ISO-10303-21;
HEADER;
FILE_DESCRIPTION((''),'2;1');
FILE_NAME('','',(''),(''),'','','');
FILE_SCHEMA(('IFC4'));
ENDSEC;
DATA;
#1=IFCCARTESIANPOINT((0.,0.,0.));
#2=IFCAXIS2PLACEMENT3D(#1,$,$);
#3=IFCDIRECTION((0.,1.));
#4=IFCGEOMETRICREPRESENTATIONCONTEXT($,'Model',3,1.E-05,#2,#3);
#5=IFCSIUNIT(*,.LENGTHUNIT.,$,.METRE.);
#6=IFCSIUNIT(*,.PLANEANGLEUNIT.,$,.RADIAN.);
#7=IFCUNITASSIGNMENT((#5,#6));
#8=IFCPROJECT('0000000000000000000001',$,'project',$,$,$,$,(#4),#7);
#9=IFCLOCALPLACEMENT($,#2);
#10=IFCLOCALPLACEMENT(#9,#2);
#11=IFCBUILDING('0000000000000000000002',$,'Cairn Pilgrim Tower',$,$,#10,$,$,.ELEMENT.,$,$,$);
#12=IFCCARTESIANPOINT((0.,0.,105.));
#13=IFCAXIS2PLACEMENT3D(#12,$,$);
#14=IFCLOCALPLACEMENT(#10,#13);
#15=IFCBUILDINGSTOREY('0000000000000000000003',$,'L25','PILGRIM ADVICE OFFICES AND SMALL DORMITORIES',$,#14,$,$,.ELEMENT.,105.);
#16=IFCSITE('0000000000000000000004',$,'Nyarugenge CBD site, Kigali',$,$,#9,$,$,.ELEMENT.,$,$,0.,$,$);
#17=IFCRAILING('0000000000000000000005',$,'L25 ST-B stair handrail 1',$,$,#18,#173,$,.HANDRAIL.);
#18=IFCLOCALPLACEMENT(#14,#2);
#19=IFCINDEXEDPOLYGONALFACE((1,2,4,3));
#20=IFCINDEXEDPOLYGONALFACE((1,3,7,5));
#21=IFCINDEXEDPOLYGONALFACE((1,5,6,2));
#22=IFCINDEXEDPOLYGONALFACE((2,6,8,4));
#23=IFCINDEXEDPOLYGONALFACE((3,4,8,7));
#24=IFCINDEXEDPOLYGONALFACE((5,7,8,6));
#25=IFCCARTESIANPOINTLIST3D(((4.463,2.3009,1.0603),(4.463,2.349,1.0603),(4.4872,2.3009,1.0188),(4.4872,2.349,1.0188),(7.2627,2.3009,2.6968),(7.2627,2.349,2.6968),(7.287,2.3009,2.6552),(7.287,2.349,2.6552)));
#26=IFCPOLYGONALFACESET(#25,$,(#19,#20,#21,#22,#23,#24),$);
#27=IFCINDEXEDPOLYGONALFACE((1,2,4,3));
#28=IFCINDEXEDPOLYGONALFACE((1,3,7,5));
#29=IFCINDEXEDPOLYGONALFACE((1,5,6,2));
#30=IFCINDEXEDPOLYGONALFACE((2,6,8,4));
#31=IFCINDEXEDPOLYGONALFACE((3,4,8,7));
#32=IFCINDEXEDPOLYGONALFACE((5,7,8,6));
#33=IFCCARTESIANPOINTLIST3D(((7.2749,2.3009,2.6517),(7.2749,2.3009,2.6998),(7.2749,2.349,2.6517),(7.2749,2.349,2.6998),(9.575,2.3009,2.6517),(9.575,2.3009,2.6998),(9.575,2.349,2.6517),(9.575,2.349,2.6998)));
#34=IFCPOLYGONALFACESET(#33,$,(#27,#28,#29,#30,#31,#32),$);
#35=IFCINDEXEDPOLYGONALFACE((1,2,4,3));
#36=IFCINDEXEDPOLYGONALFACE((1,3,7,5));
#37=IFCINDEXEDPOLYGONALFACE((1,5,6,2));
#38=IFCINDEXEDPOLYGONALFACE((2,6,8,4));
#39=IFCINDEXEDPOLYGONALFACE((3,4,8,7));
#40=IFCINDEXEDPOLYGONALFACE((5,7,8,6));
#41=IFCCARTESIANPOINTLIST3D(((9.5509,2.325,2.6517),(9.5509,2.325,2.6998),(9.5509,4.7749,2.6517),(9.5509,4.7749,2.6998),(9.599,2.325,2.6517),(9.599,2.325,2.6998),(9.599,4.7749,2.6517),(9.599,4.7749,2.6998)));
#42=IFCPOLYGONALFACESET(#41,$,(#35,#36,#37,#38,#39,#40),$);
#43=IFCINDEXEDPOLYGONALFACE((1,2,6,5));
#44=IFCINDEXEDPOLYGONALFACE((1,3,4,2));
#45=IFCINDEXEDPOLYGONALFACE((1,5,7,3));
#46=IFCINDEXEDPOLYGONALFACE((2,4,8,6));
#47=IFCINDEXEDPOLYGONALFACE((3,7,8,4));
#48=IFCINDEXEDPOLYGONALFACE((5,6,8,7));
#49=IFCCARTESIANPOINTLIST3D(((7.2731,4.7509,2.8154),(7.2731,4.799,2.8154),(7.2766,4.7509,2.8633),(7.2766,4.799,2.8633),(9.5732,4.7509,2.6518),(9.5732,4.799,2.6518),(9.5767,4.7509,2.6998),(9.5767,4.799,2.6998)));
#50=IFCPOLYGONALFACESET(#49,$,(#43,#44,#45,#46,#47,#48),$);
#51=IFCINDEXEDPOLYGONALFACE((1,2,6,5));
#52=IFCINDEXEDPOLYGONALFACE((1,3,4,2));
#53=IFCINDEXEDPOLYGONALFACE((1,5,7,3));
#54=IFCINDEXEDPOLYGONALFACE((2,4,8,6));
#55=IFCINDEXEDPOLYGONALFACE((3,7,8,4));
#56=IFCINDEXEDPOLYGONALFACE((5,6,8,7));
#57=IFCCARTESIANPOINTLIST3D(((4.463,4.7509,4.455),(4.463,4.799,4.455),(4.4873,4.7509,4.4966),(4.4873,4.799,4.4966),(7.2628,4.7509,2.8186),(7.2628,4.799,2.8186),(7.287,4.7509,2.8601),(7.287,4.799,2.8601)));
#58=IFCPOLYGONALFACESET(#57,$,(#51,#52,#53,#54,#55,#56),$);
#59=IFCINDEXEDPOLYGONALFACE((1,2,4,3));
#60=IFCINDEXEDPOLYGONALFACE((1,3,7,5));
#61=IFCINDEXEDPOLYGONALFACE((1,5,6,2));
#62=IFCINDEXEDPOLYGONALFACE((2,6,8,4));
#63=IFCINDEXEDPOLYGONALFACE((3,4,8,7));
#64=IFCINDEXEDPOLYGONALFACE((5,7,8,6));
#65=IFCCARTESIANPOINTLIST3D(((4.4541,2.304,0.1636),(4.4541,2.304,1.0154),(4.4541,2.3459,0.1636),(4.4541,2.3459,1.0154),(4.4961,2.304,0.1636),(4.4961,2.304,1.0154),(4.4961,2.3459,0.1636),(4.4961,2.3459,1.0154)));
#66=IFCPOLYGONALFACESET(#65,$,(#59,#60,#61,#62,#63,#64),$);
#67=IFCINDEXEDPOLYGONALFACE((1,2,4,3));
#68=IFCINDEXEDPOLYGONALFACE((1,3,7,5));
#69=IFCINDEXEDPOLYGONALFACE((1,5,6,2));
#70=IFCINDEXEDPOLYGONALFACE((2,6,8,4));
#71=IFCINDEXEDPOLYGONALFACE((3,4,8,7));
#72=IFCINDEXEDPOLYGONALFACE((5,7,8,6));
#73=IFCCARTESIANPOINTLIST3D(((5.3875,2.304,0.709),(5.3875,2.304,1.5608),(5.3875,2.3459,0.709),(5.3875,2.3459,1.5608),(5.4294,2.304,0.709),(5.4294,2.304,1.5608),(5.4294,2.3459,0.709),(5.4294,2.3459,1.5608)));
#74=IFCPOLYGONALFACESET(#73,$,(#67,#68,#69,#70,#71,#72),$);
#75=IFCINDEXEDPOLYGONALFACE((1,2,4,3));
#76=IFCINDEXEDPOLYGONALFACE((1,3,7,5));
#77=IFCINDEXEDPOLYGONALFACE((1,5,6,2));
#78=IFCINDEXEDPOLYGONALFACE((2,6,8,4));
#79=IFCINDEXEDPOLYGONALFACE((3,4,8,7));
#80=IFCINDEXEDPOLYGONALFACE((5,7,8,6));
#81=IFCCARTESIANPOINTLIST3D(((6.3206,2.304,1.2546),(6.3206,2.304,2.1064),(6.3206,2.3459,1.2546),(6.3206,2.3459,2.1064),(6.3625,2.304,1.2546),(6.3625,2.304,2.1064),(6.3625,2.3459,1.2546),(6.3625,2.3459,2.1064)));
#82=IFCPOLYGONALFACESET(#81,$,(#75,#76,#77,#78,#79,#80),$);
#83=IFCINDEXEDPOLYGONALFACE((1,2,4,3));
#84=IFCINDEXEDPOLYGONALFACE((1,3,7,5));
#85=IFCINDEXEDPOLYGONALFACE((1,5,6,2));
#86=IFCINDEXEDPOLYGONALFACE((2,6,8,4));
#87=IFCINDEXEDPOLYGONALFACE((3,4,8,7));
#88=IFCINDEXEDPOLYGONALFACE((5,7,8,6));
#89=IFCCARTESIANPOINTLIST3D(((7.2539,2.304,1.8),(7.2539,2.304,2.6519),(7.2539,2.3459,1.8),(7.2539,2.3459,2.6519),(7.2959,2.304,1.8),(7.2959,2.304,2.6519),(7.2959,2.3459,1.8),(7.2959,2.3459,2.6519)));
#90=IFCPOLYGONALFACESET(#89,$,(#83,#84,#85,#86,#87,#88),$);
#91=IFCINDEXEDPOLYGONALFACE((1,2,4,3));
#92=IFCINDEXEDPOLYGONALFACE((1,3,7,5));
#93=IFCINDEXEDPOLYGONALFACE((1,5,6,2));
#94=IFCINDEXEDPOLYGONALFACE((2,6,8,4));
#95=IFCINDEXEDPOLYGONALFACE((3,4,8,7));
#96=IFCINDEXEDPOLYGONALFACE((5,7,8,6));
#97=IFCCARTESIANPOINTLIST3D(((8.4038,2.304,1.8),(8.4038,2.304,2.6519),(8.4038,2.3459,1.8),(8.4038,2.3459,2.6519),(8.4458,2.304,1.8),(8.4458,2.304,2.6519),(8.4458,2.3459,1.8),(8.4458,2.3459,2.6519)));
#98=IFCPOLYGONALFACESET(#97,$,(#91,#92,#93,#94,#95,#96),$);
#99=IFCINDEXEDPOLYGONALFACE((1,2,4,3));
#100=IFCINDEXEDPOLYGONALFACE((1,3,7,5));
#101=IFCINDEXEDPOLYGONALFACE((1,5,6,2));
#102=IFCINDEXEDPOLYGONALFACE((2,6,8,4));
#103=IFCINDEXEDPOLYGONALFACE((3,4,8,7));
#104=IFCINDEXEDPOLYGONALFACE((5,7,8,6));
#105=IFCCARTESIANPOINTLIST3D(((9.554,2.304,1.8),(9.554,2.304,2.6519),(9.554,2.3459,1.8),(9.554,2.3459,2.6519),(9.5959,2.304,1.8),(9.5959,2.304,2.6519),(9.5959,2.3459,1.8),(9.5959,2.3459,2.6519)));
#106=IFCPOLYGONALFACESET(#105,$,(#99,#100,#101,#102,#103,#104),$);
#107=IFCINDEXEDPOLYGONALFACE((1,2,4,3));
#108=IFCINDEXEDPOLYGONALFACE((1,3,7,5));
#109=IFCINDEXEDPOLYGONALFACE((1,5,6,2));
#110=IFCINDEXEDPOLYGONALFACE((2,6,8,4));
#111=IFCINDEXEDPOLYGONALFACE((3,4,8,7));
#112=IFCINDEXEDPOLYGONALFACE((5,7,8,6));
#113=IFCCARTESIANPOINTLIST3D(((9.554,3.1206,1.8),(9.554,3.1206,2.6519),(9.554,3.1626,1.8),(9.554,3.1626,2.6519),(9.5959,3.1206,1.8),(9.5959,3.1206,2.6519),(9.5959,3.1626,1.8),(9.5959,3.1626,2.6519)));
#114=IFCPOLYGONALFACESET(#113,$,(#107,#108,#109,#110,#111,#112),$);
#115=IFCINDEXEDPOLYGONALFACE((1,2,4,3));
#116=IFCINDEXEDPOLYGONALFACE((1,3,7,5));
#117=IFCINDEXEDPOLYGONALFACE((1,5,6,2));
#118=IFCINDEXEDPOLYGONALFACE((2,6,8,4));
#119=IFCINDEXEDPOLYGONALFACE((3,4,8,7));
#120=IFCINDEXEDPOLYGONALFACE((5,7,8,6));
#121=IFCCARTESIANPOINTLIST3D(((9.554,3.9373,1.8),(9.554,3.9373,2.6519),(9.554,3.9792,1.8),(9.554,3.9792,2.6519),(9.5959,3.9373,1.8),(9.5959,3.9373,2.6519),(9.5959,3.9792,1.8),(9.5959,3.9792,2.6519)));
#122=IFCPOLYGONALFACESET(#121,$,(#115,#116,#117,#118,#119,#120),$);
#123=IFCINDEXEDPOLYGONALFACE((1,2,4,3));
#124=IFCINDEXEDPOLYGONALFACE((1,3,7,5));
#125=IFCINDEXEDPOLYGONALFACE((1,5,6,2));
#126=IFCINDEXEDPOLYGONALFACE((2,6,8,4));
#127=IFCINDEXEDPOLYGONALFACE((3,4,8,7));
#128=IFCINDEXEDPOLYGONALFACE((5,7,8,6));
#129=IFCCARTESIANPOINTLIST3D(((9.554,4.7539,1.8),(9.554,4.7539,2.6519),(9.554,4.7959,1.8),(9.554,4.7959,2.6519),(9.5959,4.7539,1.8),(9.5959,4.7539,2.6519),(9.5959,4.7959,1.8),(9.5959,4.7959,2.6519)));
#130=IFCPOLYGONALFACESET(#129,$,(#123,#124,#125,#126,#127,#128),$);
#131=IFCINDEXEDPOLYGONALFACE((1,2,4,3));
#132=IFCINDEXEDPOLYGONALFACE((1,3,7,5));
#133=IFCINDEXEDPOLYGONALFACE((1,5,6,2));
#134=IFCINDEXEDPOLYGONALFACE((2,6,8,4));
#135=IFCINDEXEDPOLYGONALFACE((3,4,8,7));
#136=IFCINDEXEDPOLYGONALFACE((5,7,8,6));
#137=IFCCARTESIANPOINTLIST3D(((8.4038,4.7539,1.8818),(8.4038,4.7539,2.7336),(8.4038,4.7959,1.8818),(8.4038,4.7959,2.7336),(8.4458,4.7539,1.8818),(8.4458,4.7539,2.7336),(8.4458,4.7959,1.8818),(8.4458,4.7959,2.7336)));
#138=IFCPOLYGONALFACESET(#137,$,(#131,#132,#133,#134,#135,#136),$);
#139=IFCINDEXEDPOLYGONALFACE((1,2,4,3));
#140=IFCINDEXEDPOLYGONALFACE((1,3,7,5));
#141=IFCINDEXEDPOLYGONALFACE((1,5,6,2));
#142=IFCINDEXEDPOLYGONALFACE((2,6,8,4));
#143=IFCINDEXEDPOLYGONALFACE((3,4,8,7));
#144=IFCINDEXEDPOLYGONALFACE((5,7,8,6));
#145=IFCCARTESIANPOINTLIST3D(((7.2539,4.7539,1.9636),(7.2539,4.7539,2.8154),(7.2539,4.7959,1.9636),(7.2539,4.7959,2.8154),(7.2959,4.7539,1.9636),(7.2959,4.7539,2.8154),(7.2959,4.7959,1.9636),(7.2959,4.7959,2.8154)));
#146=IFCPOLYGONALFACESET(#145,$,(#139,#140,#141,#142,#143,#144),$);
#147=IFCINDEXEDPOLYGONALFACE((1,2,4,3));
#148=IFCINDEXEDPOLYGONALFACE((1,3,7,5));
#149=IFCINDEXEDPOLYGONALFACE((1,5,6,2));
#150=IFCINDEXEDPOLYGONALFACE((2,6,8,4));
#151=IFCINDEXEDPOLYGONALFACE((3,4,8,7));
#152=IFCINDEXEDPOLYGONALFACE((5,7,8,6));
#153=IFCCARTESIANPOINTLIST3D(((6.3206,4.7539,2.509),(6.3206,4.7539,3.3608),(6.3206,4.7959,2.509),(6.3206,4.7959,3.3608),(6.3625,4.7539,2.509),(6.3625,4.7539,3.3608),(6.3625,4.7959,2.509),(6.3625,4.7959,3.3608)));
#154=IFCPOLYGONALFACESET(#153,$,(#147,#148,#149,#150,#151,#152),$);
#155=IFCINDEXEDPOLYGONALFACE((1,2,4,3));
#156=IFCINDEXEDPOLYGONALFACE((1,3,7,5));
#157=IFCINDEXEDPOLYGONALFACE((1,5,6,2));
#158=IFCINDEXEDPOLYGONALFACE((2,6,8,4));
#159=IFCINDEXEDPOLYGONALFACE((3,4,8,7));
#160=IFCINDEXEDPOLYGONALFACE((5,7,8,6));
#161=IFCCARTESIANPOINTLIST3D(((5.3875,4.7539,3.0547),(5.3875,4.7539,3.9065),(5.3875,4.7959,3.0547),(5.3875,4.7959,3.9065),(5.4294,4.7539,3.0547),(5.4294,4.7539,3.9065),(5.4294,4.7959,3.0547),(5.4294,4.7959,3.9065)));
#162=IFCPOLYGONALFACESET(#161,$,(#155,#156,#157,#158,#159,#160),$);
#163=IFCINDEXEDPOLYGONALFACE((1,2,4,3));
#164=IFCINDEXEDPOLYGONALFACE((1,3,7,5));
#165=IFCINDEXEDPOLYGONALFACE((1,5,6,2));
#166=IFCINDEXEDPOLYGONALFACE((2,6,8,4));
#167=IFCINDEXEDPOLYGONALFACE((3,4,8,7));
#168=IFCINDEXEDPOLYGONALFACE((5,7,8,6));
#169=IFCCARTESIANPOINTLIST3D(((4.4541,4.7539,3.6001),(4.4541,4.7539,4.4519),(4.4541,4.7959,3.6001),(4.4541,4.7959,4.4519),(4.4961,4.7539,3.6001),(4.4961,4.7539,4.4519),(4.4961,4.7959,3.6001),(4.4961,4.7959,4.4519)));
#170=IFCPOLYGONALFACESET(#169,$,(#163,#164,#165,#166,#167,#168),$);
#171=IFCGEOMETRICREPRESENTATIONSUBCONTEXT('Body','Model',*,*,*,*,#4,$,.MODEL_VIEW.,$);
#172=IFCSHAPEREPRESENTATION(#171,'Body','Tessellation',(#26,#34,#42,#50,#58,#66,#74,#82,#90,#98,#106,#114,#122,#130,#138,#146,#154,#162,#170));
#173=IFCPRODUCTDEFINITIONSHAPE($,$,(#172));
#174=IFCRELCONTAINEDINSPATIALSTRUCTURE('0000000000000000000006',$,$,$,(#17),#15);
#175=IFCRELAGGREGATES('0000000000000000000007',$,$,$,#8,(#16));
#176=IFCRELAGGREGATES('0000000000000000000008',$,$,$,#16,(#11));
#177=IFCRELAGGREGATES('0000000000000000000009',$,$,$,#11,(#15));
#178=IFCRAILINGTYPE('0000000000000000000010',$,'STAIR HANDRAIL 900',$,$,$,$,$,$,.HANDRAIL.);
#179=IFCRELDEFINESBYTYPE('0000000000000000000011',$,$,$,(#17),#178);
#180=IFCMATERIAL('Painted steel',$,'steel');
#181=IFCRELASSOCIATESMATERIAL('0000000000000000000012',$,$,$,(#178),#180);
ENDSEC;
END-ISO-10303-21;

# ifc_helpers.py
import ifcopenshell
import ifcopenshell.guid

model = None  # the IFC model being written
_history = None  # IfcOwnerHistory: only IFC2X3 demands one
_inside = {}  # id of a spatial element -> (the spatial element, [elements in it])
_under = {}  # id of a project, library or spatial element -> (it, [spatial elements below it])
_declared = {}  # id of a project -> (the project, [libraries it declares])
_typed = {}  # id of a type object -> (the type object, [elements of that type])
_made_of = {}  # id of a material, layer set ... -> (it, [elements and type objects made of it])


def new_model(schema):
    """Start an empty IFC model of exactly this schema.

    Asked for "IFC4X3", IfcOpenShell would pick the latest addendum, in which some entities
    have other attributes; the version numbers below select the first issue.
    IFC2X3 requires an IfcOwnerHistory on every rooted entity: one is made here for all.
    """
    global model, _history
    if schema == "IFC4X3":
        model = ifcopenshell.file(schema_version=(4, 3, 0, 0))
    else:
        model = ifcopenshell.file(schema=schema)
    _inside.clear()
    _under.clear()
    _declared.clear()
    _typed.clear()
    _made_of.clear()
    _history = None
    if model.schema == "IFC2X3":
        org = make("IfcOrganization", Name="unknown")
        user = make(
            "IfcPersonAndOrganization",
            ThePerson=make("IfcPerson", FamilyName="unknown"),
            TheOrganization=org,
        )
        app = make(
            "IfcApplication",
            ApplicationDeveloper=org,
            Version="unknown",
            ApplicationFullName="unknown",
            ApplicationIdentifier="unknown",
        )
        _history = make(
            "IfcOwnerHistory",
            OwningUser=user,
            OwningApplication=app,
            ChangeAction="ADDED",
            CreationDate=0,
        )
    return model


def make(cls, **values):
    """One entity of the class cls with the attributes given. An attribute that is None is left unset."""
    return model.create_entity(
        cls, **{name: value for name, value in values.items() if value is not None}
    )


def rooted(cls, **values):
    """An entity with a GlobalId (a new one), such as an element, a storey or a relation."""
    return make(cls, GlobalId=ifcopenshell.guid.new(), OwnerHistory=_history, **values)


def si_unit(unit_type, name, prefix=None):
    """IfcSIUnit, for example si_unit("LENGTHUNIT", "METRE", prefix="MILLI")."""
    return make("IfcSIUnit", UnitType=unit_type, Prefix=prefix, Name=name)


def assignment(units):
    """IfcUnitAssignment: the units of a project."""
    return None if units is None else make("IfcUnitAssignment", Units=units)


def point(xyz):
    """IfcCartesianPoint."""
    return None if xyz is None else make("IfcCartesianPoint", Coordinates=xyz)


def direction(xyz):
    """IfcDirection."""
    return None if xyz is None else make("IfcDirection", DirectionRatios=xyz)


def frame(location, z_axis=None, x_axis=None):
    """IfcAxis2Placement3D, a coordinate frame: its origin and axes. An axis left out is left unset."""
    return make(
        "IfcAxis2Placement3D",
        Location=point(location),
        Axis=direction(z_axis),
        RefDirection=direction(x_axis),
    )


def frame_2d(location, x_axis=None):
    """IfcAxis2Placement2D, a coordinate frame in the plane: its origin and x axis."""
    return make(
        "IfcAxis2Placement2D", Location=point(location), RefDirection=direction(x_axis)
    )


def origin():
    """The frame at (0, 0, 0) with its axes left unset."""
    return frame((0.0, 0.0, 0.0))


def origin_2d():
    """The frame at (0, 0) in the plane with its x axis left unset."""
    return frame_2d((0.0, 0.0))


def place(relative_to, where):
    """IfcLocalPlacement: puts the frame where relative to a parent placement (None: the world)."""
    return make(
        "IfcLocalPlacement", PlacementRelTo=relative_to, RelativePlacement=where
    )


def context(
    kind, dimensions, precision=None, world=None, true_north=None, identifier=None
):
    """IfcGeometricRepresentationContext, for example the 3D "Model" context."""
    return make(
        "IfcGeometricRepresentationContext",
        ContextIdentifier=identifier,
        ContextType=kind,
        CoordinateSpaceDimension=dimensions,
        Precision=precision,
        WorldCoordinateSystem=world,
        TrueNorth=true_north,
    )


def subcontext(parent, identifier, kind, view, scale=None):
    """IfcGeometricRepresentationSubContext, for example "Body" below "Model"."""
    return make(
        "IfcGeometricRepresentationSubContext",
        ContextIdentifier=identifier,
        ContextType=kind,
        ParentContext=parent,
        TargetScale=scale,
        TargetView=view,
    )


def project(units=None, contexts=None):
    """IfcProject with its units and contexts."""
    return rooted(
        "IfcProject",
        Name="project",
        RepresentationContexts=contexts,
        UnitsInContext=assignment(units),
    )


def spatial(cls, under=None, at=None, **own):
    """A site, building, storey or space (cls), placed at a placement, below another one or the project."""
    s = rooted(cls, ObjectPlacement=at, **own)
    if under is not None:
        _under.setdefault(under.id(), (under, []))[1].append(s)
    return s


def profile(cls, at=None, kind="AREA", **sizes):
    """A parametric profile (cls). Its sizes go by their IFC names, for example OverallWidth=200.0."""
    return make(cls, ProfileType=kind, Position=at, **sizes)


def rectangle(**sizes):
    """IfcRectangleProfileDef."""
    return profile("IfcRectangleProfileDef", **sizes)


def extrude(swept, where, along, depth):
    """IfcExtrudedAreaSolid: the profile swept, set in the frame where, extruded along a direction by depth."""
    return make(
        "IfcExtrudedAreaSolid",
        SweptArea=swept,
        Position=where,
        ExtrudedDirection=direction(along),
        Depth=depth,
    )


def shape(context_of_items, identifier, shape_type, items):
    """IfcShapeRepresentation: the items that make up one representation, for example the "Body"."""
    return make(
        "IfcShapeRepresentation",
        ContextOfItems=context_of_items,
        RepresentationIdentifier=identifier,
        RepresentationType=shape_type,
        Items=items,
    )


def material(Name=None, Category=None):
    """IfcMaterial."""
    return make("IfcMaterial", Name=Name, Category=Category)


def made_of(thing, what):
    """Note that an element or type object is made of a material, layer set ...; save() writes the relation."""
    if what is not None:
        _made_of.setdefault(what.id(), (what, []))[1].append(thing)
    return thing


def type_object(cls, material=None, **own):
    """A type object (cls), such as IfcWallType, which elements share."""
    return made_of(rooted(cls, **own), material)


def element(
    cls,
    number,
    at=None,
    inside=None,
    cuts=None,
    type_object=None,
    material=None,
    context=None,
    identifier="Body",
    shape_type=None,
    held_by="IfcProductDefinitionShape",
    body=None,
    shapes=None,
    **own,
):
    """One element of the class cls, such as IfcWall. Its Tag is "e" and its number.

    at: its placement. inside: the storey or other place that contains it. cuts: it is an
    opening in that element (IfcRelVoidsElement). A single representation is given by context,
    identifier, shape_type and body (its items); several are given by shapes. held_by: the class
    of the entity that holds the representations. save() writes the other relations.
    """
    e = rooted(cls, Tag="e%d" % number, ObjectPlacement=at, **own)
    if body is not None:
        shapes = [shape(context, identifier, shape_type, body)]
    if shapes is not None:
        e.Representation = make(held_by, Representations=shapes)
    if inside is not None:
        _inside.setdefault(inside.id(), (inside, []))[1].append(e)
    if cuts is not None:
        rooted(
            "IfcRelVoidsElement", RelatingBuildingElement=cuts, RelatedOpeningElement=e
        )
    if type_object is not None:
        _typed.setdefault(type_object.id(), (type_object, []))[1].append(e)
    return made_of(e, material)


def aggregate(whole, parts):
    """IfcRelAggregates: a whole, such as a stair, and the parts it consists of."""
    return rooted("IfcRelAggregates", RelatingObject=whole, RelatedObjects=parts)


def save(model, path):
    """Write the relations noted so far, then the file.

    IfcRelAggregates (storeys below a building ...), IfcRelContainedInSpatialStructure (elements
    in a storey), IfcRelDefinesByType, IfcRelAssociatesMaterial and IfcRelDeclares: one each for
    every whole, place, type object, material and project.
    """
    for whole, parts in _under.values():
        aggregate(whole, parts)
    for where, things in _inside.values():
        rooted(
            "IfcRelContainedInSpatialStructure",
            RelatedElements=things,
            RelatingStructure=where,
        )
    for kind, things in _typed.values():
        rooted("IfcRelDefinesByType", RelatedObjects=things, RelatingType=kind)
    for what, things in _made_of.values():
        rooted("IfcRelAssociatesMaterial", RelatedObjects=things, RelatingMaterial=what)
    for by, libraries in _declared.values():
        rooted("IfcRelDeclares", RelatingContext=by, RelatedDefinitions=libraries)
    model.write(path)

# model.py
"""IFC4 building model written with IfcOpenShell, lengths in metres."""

from ifc_helpers import new_model, si_unit, direction, frame, origin, origin_2d, place, context, subcontext, project, spatial, rectangle, extrude, material, type_object, element, save


model = new_model("IFC4")

# Units and contexts
model_context = context("Model", 3, precision=1e-05, world=origin(), true_north=direction((0.0, 1.0)))
body_context = subcontext(model_context, "Body", "Model", "MODEL_VIEW")
ifc_project = project(units=[si_unit("LENGTHUNIT", "METRE"), si_unit("PLANEANGLEUNIT", "RADIAN")], contexts=[model_context])

# Site, building, storey
site_placement = place(None, origin())
site = spatial("IfcSite", under=ifc_project, at=site_placement, Name="Nyarugenge CBD site, Kigali", CompositionType="ELEMENT", RefElevation=0.0)
building_placement = place(site_placement, origin())
building = spatial("IfcBuilding", under=site, at=building_placement, Name="Cairn Pilgrim Tower", CompositionType="ELEMENT")
storey_placement = place(building_placement, frame((0.0, 0.0, 105.0)))
storey = spatial("IfcBuildingStorey", under=building, at=storey_placement, Name="L25", Description="PILGRIM ADVICE OFFICES AND SMALL DORMITORIES", CompositionType="ELEMENT", Elevation=105.0)

# Shared definitions
ifc_material_1 = material(Name="Painted steel", Category="steel")

# Railing
railing_type_1 = type_object("IfcRailingType", Name="STAIR HANDRAIL 900", PredefinedType="HANDRAIL", material=ifc_material_1)
railing_1_placement = place(storey_placement, frame((4.4751, 2.325, 0.1636)))
element("IfcRailing", 1, at=railing_1_placement, inside=storey, type_object=railing_type_1, Name="L25 ST-B stair handrail 1", PredefinedType="HANDRAIL", context=body_context, shape_type="SweptSolid", body=[
    extrude(rectangle(XDim=0.0481, YDim=0.0481, at=origin_2d()), frame((0.0, 0.0, 0.876), z_axis=(0.863342, 0.0, 0.50462), x_axis=(0.0, 1.0, 0.0)), (0.0, 0.0, 1.0), 3.2429),
    extrude(rectangle(XDim=0.0481, YDim=0.0481, at=origin_2d()), frame((2.7998, 0.0, 2.5122), z_axis=(1.0, 0.0, 0.0), x_axis=(0.0, 1.0, 0.0)), (0.0, 0.0, 1.0), 2.3),
    extrude(rectangle(XDim=0.0481, YDim=0.0481, at=origin_2d()), frame((5.0999, 0.0, 2.5122), z_axis=(0.0, 1.0, 0.0), x_axis=(-1.0, 0.0, 0.0)), (0.0, 0.0, 1.0), 2.45),
    extrude(rectangle(XDim=0.0481, YDim=0.0481, at=origin_2d()), frame((5.0999, 2.45, 2.5122), z_axis=(-0.997481, 0.0, 0.070939), x_axis=(0.0, -1.0, 0.0)), (0.0, 0.0, 1.0), 2.3059),
    extrude(rectangle(XDim=0.0481, YDim=0.0481, at=origin_2d()), frame((2.7998, 2.45, 2.6758), z_axis=(-0.863342, 0.0, 0.50462), x_axis=(0.0, -1.0, 0.0)), (0.0, 0.0, 1.0), 3.2429),
    extrude(rectangle(XDim=0.042, YDim=0.042, at=origin_2d()), origin(), (0.0, 0.0, 1.0), 0.8518),
    extrude(rectangle(XDim=0.042, YDim=0.042, at=origin_2d()), frame((0.9333, 0.0, 0.5454)), (0.0, 0.0, 1.0), 0.8518),
    extrude(rectangle(XDim=0.042, YDim=0.042, at=origin_2d()), frame((1.8665, 0.0, 1.0911)), (0.0, 0.0, 1.0), 0.8518),
    extrude(rectangle(XDim=0.042, YDim=0.042, at=origin_2d()), frame((2.7998, 0.0, 1.6365)), (0.0, 0.0, 1.0), 0.8518),
    extrude(rectangle(XDim=0.042, YDim=0.042, at=origin_2d()), frame((3.9497, 0.0, 1.6365)), (0.0, 0.0, 1.0), 0.8518),
    extrude(rectangle(XDim=0.042, YDim=0.042, at=origin_2d()), frame((5.0999, 0.0, 1.6365)), (0.0, 0.0, 1.0), 0.8518),
    extrude(rectangle(XDim=0.042, YDim=0.042, at=origin_2d()), frame((5.0999, 0.8167, 1.6365)), (0.0, 0.0, 1.0), 0.8518),
    extrude(rectangle(XDim=0.042, YDim=0.042, at=origin_2d()), frame((5.0999, 1.6333, 1.6365)), (0.0, 0.0, 1.0), 0.8518),
    extrude(rectangle(XDim=0.042, YDim=0.042, at=origin_2d()), frame((5.0999, 2.45, 1.6365)), (0.0, 0.0, 1.0), 0.8518),
    extrude(rectangle(XDim=0.042, YDim=0.042, at=origin_2d()), frame((3.9497, 2.45, 1.7183)), (0.0, 0.0, 1.0), 0.8518),
    extrude(rectangle(XDim=0.042, YDim=0.042, at=origin_2d()), frame((2.7998, 2.45, 1.8)), (0.0, 0.0, 1.0), 0.8518),
    extrude(rectangle(XDim=0.042, YDim=0.042, at=origin_2d()), frame((1.8665, 2.45, 2.3455)), (0.0, 0.0, 1.0), 0.8518),
    extrude(rectangle(XDim=0.042, YDim=0.042, at=origin_2d()), frame((0.9333, 2.45, 2.8911)), (0.0, 0.0, 1.0), 0.8518),
    extrude(rectangle(XDim=0.042, YDim=0.042, at=origin_2d()), frame((0.0, 2.45, 3.4365)), (0.0, 0.0, 1.0), 0.8518),
])

save(model, "model.ifc")
